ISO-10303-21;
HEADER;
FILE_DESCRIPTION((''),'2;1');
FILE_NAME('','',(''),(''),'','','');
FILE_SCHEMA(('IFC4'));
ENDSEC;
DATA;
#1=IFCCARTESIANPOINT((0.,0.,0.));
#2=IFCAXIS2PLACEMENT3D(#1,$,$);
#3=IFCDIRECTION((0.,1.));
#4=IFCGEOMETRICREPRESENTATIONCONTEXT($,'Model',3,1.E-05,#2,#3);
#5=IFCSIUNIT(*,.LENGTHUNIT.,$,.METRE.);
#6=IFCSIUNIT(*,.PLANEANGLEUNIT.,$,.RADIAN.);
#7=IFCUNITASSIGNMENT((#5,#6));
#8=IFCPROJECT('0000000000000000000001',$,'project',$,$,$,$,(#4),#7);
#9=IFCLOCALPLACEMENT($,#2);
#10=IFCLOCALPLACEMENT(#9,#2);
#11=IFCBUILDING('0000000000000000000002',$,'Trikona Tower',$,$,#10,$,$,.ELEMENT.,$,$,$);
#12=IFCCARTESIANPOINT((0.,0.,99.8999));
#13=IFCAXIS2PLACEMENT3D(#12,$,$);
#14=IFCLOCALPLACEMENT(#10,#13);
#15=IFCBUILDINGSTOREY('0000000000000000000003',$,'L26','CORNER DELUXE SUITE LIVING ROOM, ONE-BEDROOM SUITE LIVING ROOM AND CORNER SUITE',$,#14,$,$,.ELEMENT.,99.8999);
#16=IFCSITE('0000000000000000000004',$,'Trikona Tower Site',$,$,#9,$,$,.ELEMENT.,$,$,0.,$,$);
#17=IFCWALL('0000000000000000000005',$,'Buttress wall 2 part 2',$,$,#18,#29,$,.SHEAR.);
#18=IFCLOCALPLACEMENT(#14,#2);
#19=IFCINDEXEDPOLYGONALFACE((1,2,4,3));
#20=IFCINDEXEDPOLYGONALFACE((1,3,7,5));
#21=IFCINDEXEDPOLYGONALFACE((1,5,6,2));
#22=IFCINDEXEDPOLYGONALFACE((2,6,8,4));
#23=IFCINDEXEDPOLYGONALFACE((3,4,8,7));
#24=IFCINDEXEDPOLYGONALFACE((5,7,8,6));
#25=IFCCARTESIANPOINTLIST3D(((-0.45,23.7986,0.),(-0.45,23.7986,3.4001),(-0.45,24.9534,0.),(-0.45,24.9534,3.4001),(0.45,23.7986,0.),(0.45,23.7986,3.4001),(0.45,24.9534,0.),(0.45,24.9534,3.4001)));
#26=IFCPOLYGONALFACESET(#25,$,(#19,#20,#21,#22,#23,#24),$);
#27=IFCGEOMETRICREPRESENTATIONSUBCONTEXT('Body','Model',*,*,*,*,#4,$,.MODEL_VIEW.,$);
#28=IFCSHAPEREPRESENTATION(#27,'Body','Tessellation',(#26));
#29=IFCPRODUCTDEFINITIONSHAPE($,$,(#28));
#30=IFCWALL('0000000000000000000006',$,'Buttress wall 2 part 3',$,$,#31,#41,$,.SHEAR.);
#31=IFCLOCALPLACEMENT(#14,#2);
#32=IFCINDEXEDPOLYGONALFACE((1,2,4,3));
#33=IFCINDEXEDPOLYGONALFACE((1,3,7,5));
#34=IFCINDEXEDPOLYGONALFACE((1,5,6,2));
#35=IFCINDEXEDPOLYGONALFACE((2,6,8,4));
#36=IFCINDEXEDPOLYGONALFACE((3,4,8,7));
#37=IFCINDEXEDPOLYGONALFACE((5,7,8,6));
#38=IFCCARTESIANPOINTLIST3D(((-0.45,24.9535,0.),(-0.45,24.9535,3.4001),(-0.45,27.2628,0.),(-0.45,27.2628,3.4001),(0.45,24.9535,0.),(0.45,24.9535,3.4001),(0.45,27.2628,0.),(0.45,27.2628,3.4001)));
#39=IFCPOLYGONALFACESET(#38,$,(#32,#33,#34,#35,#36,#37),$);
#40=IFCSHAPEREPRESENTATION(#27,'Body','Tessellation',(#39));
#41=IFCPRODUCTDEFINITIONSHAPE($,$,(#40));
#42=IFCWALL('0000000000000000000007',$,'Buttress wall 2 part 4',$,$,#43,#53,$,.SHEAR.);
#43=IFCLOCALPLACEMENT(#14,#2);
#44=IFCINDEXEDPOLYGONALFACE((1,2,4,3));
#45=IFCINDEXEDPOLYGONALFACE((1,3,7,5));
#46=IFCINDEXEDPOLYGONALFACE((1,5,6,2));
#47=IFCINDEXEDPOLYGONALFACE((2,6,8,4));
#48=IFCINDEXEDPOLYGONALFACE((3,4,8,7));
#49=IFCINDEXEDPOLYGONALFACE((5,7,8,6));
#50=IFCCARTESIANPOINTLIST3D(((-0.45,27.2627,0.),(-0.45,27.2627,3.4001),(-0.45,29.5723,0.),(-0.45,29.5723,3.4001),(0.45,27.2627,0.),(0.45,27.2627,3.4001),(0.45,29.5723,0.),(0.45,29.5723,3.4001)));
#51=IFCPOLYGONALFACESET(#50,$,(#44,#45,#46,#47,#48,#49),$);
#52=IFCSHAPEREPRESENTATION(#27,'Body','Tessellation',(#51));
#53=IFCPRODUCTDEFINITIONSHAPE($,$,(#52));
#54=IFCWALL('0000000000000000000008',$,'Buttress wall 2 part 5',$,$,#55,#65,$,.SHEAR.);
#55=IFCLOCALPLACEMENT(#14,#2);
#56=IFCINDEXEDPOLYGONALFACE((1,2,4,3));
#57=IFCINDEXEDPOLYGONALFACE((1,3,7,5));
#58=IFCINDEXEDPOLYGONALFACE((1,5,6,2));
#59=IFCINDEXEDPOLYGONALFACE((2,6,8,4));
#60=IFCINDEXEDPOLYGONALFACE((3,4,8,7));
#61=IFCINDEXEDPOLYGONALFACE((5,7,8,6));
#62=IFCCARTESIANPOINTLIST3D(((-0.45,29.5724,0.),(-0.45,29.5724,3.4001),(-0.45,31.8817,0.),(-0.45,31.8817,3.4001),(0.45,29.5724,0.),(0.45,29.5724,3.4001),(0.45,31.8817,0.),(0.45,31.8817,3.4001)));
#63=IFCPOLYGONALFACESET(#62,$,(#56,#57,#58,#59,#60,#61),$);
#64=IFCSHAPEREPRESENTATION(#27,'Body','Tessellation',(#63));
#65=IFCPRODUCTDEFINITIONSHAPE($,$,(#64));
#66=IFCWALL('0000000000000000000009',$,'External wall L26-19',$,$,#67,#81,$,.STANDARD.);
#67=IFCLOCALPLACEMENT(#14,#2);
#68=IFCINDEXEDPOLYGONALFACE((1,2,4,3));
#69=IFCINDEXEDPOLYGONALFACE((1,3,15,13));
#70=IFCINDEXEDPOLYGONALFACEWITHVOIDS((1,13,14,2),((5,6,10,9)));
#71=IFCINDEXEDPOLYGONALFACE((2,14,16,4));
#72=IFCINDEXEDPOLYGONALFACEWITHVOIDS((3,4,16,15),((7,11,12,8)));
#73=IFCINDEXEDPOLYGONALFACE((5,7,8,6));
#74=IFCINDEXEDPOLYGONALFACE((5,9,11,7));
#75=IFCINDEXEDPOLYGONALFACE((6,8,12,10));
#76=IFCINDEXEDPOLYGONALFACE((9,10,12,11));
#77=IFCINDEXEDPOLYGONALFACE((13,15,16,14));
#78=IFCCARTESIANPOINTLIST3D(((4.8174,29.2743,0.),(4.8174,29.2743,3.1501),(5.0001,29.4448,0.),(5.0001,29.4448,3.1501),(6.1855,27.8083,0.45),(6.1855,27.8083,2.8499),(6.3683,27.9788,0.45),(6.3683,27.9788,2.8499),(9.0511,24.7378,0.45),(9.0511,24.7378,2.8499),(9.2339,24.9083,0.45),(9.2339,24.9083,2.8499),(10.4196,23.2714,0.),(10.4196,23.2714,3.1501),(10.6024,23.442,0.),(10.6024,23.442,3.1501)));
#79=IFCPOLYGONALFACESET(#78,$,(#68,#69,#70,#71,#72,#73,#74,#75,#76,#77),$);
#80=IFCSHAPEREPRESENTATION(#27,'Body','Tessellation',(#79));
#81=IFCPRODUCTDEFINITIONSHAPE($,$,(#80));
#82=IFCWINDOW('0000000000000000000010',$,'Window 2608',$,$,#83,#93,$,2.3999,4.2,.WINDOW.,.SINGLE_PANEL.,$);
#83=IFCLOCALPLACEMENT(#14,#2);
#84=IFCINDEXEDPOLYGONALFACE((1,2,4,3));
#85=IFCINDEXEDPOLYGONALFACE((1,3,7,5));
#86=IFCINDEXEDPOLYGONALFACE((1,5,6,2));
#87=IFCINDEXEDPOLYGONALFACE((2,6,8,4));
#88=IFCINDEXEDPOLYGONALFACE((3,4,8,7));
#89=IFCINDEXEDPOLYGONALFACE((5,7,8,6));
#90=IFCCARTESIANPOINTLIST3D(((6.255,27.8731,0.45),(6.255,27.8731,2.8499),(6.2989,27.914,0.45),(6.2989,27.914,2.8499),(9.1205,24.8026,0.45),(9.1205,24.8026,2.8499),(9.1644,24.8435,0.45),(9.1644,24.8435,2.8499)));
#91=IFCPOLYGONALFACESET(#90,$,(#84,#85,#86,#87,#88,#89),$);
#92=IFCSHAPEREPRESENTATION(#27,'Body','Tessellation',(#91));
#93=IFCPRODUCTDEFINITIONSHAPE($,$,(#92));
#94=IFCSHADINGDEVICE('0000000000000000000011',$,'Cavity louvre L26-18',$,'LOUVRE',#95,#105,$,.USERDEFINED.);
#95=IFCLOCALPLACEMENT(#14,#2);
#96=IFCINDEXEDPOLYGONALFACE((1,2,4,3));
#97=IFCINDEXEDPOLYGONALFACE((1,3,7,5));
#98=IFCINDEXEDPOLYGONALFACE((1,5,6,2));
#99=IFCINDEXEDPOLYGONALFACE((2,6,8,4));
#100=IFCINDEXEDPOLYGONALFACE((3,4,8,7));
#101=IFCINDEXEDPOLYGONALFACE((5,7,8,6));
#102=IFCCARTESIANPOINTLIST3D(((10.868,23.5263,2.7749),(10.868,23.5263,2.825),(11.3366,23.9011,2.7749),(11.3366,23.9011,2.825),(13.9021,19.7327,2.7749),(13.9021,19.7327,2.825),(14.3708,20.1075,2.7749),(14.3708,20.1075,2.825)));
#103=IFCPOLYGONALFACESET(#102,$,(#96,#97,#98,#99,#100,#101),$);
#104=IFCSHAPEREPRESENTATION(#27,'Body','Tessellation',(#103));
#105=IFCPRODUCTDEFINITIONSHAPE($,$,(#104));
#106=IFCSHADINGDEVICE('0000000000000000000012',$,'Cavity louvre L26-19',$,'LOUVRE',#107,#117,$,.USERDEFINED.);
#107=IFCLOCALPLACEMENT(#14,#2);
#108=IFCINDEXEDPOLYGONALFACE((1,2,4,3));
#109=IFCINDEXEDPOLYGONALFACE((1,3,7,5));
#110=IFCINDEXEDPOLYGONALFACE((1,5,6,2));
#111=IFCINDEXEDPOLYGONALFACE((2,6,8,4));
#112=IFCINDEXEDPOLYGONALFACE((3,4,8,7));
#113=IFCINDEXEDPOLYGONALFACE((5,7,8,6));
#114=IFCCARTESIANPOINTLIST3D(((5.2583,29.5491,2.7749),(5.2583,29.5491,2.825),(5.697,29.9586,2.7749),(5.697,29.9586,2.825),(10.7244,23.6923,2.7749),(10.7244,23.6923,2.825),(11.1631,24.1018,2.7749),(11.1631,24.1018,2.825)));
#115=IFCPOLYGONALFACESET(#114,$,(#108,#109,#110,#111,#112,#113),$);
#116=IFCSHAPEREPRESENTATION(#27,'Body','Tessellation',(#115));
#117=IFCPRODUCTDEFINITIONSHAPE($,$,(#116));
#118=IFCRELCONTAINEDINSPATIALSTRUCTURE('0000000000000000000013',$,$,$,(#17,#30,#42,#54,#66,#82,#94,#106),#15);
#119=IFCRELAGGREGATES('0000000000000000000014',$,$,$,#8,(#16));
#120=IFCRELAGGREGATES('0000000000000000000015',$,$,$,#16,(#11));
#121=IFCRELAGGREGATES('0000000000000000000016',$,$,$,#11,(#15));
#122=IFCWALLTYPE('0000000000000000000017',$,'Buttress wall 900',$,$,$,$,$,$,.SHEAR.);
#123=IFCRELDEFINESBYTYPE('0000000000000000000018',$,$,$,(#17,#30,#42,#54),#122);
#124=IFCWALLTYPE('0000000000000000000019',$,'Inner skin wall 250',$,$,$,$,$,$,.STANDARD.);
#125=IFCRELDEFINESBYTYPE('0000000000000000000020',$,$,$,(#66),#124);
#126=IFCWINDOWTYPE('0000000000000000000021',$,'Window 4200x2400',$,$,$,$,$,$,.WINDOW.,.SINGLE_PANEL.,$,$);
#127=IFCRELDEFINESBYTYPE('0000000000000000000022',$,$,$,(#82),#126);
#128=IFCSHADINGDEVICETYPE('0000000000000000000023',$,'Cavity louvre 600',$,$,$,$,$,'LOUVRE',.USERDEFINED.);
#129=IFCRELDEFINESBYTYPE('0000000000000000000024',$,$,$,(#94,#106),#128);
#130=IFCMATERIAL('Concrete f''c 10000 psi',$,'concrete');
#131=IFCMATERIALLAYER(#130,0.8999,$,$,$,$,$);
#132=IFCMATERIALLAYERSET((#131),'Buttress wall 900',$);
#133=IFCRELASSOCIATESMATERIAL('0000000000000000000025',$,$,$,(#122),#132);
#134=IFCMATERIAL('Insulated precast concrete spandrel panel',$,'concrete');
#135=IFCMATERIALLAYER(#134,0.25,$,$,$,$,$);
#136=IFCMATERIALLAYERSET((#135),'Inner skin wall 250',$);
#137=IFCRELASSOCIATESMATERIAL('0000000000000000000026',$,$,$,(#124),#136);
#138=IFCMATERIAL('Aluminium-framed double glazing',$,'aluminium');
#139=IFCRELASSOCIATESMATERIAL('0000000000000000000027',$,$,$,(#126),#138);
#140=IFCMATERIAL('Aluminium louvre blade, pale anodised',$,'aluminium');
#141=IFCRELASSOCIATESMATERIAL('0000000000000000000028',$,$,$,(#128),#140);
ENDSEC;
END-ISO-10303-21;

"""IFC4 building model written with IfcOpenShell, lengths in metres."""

from ifc_helpers import new_model, si_unit, direction, frame, frame_2d, origin, origin_2d, place, context, subcontext, project, spatial, rectangle, extrude, material, layer, layer_set, type_object, element, fill, save


model = new_model("IFC4")

# Units and contexts
model_context = context("Model", 3, precision=1e-05, world=origin(), true_north=direction((0.0, 1.0)))
body_context = subcontext(model_context, "Body", "Model", "MODEL_VIEW")
ifc_project = project(units=[si_unit("LENGTHUNIT", "METRE"), si_unit("PLANEANGLEUNIT", "RADIAN")], contexts=[model_context])

# Site, building, storey
site_placement = place(None, origin())
site = spatial("IfcSite", under=ifc_project, at=site_placement, Name="Trikona Tower Site", CompositionType="ELEMENT", RefElevation=0.0)
building_placement = place(site_placement, origin())
building = spatial("IfcBuilding", under=site, at=building_placement, Name="Trikona Tower", CompositionType="ELEMENT")
storey_placement = place(building_placement, frame((0.0, 0.0, 99.8999)))
storey = spatial("IfcBuildingStorey", under=building, at=storey_placement, Name="L26", Description="CORNER DELUXE SUITE LIVING ROOM, ONE-BEDROOM SUITE LIVING ROOM AND CORNER SUITE", CompositionType="ELEMENT", Elevation=99.8999)

# Walls
ifc_material_1 = material(Name="Concrete f'c 10000 psi", Category="concrete")
ifc_layer_1 = layer(ifc_material_1, 0.8999)
ifc_layer_set_1 = layer_set([ifc_layer_1], Name="Buttress wall 900")
wall_type_1 = type_object("IfcWallType", Name="Buttress wall 900", PredefinedType="SHEAR", material=ifc_layer_set_1)
wall_1_placement = place(storey_placement, frame((0.0, 23.7986, 0.0), z_axis=(0.0, 0.0, 1.0), x_axis=(0.0, 1.0, 0.0)))
element("IfcWall", 1, at=wall_1_placement, inside=storey, type_object=wall_type_1, Name="Buttress wall 2 part 2", PredefinedType="SHEAR", context=body_context, shape_type="SweptSolid", body=[
    extrude(rectangle(XDim=1.1548, YDim=0.8999, at=frame_2d((0.5774, 0.0))), origin(), (0.0, 0.0, 1.0), 3.4001),
])
wall_2_placement = place(storey_placement, frame((0.0, 24.9534, 0.0), z_axis=(0.0, 0.0, 1.0), x_axis=(0.0, 1.0, 0.0)))
element("IfcWall", 2, at=wall_2_placement, inside=storey, type_object=wall_type_1, Name="Buttress wall 2 part 3", PredefinedType="SHEAR", context=body_context, shape_type="SweptSolid", body=[
    extrude(rectangle(XDim=2.3093, YDim=0.8999, at=frame_2d((1.1548, 0.0))), origin(), (0.0, 0.0, 1.0), 3.4001),
])
wall_3_placement = place(storey_placement, frame((0.0, 27.2627, 0.0), z_axis=(0.0, 0.0, 1.0), x_axis=(0.0, 1.0, 0.0)))
element("IfcWall", 3, at=wall_3_placement, inside=storey, type_object=wall_type_1, Name="Buttress wall 2 part 4", PredefinedType="SHEAR", context=body_context, shape_type="SweptSolid", body=[
    extrude(rectangle(XDim=2.3096, YDim=0.8999, at=frame_2d((1.1548, 0.0))), origin(), (0.0, 0.0, 1.0), 3.4001),
])
wall_4_placement = place(storey_placement, frame((0.0, 29.5723, 0.0), z_axis=(0.0, 0.0, 1.0), x_axis=(0.0, 1.0, 0.0)))
element("IfcWall", 4, at=wall_4_placement, inside=storey, type_object=wall_type_1, Name="Buttress wall 2 part 5", PredefinedType="SHEAR", context=body_context, shape_type="SweptSolid", body=[
    extrude(rectangle(XDim=2.3093, YDim=0.8999, at=frame_2d((1.1548, 0.0))), origin(), (0.0, 0.0, 1.0), 3.4001),
])

# Wall, opening, window
ifc_material_2 = material(Name="Insulated precast concrete spandrel panel", Category="concrete")
ifc_layer_2 = layer(ifc_material_2, 0.25)
ifc_layer_set_2 = layer_set([ifc_layer_2], Name="Inner skin wall 250")
wall_type_2 = type_object("IfcWallType", Name="Inner skin wall 250", PredefinedType="STANDARD", material=ifc_layer_set_2)
wall_5_placement = place(storey_placement, frame((10.511, 23.3567, 0.0), z_axis=(0.0, 0.0, 1.0), x_axis=(-0.68229, 0.731082, 0.0)))
wall_5 = element("IfcWall", 5, at=wall_5_placement, inside=storey, type_object=wall_type_2, Name="External wall L26-19", PredefinedType="STANDARD", context=body_context, shape_type="SweptSolid", body=[
    extrude(rectangle(XDim=8.2109, YDim=0.25, at=frame_2d((4.1055, 0.0))), origin(), (0.0, 0.0, 1.0), 3.1501),
])
opening_1_placement = place(wall_5_placement, frame((2.0056, 0.0, 0.45)))
opening_1 = element("IfcOpeningElement", 6, at=opening_1_placement, cuts=wall_5, PredefinedType="OPENING", context=body_context, shape_type="SweptSolid", body=[
    extrude(rectangle(XDim=4.2, YDim=2.3999, at=frame_2d((2.1001, 1.2))), frame((0.0, 0.135, 0.0), z_axis=(0.0, -1.0, 0.0), x_axis=(1.0, 0.0, 0.0)), (0.0, 0.0, 1.0), 0.27),
])
ifc_material_3 = material(Name="Aluminium-framed double glazing", Category="aluminium")
window_type_1 = type_object("IfcWindowType", Name="Window 4200x2400", PartitioningType="SINGLE_PANEL", PredefinedType="WINDOW", material=ifc_material_3)
window_1_placement = place(opening_1_placement, origin())
window_1 = element("IfcWindow", 7, at=window_1_placement, inside=storey, type_object=window_type_1, Name="Window 2608", OverallHeight=2.3999, OverallWidth=4.2, PartitioningType="SINGLE_PANEL", PredefinedType="WINDOW", context=body_context, shape_type="SweptSolid", body=[
    extrude(rectangle(XDim=4.2, YDim=2.3999, at=frame_2d((2.1001, 1.2))), frame((0.0, 0.03, 0.0), z_axis=(0.0, -1.0, 0.0), x_axis=(1.0, 0.0, 0.0)), (0.0, 0.0, 1.0), 0.0601),
])
fill(opening_1, window_1)

# Shading devices
ifc_material_4 = material(Name="Aluminium louvre blade, pale anodised", Category="aluminium")
shading_device_type = type_object("IfcShadingDeviceType", Name="Cavity louvre 600", ElementType="LOUVRE", PredefinedType="USERDEFINED", material=ifc_material_4)
shading_device_1_placement = place(storey_placement, frame((12.6194, 21.8169, 2.7749), z_axis=(0.0, 0.0, 1.0), x_axis=(-0.624604, 0.780942, 0.0)))
element("IfcShadingDevice", 8, at=shading_device_1_placement, inside=storey, type_object=shading_device_type, Name="Cavity louvre L26-18", ObjectType="LOUVRE", PredefinedType="USERDEFINED", context=body_context, shape_type="SweptSolid", body=[
    extrude(rectangle(XDim=4.8577, YDim=0.6001, at=origin_2d()), origin(), (0.0, 0.0, 1.0), 0.05),
])
shading_device_2_placement = place(storey_placement, frame((8.2107, 26.8254, 2.7749), z_axis=(0.0, 0.0, 1.0), x_axis=(-0.682298, 0.731074, 0.0)))
element("IfcShadingDevice", 9, at=shading_device_2_placement, inside=storey, type_object=shading_device_type, Name="Cavity louvre L26-19", ObjectType="LOUVRE", PredefinedType="USERDEFINED", context=body_context, shape_type="SweptSolid", body=[
    extrude(rectangle(XDim=8.0112, YDim=0.6001, at=origin_2d()), origin(), (0.0, 0.0, 1.0), 0.05),
])

save(model, "model.ifc")
